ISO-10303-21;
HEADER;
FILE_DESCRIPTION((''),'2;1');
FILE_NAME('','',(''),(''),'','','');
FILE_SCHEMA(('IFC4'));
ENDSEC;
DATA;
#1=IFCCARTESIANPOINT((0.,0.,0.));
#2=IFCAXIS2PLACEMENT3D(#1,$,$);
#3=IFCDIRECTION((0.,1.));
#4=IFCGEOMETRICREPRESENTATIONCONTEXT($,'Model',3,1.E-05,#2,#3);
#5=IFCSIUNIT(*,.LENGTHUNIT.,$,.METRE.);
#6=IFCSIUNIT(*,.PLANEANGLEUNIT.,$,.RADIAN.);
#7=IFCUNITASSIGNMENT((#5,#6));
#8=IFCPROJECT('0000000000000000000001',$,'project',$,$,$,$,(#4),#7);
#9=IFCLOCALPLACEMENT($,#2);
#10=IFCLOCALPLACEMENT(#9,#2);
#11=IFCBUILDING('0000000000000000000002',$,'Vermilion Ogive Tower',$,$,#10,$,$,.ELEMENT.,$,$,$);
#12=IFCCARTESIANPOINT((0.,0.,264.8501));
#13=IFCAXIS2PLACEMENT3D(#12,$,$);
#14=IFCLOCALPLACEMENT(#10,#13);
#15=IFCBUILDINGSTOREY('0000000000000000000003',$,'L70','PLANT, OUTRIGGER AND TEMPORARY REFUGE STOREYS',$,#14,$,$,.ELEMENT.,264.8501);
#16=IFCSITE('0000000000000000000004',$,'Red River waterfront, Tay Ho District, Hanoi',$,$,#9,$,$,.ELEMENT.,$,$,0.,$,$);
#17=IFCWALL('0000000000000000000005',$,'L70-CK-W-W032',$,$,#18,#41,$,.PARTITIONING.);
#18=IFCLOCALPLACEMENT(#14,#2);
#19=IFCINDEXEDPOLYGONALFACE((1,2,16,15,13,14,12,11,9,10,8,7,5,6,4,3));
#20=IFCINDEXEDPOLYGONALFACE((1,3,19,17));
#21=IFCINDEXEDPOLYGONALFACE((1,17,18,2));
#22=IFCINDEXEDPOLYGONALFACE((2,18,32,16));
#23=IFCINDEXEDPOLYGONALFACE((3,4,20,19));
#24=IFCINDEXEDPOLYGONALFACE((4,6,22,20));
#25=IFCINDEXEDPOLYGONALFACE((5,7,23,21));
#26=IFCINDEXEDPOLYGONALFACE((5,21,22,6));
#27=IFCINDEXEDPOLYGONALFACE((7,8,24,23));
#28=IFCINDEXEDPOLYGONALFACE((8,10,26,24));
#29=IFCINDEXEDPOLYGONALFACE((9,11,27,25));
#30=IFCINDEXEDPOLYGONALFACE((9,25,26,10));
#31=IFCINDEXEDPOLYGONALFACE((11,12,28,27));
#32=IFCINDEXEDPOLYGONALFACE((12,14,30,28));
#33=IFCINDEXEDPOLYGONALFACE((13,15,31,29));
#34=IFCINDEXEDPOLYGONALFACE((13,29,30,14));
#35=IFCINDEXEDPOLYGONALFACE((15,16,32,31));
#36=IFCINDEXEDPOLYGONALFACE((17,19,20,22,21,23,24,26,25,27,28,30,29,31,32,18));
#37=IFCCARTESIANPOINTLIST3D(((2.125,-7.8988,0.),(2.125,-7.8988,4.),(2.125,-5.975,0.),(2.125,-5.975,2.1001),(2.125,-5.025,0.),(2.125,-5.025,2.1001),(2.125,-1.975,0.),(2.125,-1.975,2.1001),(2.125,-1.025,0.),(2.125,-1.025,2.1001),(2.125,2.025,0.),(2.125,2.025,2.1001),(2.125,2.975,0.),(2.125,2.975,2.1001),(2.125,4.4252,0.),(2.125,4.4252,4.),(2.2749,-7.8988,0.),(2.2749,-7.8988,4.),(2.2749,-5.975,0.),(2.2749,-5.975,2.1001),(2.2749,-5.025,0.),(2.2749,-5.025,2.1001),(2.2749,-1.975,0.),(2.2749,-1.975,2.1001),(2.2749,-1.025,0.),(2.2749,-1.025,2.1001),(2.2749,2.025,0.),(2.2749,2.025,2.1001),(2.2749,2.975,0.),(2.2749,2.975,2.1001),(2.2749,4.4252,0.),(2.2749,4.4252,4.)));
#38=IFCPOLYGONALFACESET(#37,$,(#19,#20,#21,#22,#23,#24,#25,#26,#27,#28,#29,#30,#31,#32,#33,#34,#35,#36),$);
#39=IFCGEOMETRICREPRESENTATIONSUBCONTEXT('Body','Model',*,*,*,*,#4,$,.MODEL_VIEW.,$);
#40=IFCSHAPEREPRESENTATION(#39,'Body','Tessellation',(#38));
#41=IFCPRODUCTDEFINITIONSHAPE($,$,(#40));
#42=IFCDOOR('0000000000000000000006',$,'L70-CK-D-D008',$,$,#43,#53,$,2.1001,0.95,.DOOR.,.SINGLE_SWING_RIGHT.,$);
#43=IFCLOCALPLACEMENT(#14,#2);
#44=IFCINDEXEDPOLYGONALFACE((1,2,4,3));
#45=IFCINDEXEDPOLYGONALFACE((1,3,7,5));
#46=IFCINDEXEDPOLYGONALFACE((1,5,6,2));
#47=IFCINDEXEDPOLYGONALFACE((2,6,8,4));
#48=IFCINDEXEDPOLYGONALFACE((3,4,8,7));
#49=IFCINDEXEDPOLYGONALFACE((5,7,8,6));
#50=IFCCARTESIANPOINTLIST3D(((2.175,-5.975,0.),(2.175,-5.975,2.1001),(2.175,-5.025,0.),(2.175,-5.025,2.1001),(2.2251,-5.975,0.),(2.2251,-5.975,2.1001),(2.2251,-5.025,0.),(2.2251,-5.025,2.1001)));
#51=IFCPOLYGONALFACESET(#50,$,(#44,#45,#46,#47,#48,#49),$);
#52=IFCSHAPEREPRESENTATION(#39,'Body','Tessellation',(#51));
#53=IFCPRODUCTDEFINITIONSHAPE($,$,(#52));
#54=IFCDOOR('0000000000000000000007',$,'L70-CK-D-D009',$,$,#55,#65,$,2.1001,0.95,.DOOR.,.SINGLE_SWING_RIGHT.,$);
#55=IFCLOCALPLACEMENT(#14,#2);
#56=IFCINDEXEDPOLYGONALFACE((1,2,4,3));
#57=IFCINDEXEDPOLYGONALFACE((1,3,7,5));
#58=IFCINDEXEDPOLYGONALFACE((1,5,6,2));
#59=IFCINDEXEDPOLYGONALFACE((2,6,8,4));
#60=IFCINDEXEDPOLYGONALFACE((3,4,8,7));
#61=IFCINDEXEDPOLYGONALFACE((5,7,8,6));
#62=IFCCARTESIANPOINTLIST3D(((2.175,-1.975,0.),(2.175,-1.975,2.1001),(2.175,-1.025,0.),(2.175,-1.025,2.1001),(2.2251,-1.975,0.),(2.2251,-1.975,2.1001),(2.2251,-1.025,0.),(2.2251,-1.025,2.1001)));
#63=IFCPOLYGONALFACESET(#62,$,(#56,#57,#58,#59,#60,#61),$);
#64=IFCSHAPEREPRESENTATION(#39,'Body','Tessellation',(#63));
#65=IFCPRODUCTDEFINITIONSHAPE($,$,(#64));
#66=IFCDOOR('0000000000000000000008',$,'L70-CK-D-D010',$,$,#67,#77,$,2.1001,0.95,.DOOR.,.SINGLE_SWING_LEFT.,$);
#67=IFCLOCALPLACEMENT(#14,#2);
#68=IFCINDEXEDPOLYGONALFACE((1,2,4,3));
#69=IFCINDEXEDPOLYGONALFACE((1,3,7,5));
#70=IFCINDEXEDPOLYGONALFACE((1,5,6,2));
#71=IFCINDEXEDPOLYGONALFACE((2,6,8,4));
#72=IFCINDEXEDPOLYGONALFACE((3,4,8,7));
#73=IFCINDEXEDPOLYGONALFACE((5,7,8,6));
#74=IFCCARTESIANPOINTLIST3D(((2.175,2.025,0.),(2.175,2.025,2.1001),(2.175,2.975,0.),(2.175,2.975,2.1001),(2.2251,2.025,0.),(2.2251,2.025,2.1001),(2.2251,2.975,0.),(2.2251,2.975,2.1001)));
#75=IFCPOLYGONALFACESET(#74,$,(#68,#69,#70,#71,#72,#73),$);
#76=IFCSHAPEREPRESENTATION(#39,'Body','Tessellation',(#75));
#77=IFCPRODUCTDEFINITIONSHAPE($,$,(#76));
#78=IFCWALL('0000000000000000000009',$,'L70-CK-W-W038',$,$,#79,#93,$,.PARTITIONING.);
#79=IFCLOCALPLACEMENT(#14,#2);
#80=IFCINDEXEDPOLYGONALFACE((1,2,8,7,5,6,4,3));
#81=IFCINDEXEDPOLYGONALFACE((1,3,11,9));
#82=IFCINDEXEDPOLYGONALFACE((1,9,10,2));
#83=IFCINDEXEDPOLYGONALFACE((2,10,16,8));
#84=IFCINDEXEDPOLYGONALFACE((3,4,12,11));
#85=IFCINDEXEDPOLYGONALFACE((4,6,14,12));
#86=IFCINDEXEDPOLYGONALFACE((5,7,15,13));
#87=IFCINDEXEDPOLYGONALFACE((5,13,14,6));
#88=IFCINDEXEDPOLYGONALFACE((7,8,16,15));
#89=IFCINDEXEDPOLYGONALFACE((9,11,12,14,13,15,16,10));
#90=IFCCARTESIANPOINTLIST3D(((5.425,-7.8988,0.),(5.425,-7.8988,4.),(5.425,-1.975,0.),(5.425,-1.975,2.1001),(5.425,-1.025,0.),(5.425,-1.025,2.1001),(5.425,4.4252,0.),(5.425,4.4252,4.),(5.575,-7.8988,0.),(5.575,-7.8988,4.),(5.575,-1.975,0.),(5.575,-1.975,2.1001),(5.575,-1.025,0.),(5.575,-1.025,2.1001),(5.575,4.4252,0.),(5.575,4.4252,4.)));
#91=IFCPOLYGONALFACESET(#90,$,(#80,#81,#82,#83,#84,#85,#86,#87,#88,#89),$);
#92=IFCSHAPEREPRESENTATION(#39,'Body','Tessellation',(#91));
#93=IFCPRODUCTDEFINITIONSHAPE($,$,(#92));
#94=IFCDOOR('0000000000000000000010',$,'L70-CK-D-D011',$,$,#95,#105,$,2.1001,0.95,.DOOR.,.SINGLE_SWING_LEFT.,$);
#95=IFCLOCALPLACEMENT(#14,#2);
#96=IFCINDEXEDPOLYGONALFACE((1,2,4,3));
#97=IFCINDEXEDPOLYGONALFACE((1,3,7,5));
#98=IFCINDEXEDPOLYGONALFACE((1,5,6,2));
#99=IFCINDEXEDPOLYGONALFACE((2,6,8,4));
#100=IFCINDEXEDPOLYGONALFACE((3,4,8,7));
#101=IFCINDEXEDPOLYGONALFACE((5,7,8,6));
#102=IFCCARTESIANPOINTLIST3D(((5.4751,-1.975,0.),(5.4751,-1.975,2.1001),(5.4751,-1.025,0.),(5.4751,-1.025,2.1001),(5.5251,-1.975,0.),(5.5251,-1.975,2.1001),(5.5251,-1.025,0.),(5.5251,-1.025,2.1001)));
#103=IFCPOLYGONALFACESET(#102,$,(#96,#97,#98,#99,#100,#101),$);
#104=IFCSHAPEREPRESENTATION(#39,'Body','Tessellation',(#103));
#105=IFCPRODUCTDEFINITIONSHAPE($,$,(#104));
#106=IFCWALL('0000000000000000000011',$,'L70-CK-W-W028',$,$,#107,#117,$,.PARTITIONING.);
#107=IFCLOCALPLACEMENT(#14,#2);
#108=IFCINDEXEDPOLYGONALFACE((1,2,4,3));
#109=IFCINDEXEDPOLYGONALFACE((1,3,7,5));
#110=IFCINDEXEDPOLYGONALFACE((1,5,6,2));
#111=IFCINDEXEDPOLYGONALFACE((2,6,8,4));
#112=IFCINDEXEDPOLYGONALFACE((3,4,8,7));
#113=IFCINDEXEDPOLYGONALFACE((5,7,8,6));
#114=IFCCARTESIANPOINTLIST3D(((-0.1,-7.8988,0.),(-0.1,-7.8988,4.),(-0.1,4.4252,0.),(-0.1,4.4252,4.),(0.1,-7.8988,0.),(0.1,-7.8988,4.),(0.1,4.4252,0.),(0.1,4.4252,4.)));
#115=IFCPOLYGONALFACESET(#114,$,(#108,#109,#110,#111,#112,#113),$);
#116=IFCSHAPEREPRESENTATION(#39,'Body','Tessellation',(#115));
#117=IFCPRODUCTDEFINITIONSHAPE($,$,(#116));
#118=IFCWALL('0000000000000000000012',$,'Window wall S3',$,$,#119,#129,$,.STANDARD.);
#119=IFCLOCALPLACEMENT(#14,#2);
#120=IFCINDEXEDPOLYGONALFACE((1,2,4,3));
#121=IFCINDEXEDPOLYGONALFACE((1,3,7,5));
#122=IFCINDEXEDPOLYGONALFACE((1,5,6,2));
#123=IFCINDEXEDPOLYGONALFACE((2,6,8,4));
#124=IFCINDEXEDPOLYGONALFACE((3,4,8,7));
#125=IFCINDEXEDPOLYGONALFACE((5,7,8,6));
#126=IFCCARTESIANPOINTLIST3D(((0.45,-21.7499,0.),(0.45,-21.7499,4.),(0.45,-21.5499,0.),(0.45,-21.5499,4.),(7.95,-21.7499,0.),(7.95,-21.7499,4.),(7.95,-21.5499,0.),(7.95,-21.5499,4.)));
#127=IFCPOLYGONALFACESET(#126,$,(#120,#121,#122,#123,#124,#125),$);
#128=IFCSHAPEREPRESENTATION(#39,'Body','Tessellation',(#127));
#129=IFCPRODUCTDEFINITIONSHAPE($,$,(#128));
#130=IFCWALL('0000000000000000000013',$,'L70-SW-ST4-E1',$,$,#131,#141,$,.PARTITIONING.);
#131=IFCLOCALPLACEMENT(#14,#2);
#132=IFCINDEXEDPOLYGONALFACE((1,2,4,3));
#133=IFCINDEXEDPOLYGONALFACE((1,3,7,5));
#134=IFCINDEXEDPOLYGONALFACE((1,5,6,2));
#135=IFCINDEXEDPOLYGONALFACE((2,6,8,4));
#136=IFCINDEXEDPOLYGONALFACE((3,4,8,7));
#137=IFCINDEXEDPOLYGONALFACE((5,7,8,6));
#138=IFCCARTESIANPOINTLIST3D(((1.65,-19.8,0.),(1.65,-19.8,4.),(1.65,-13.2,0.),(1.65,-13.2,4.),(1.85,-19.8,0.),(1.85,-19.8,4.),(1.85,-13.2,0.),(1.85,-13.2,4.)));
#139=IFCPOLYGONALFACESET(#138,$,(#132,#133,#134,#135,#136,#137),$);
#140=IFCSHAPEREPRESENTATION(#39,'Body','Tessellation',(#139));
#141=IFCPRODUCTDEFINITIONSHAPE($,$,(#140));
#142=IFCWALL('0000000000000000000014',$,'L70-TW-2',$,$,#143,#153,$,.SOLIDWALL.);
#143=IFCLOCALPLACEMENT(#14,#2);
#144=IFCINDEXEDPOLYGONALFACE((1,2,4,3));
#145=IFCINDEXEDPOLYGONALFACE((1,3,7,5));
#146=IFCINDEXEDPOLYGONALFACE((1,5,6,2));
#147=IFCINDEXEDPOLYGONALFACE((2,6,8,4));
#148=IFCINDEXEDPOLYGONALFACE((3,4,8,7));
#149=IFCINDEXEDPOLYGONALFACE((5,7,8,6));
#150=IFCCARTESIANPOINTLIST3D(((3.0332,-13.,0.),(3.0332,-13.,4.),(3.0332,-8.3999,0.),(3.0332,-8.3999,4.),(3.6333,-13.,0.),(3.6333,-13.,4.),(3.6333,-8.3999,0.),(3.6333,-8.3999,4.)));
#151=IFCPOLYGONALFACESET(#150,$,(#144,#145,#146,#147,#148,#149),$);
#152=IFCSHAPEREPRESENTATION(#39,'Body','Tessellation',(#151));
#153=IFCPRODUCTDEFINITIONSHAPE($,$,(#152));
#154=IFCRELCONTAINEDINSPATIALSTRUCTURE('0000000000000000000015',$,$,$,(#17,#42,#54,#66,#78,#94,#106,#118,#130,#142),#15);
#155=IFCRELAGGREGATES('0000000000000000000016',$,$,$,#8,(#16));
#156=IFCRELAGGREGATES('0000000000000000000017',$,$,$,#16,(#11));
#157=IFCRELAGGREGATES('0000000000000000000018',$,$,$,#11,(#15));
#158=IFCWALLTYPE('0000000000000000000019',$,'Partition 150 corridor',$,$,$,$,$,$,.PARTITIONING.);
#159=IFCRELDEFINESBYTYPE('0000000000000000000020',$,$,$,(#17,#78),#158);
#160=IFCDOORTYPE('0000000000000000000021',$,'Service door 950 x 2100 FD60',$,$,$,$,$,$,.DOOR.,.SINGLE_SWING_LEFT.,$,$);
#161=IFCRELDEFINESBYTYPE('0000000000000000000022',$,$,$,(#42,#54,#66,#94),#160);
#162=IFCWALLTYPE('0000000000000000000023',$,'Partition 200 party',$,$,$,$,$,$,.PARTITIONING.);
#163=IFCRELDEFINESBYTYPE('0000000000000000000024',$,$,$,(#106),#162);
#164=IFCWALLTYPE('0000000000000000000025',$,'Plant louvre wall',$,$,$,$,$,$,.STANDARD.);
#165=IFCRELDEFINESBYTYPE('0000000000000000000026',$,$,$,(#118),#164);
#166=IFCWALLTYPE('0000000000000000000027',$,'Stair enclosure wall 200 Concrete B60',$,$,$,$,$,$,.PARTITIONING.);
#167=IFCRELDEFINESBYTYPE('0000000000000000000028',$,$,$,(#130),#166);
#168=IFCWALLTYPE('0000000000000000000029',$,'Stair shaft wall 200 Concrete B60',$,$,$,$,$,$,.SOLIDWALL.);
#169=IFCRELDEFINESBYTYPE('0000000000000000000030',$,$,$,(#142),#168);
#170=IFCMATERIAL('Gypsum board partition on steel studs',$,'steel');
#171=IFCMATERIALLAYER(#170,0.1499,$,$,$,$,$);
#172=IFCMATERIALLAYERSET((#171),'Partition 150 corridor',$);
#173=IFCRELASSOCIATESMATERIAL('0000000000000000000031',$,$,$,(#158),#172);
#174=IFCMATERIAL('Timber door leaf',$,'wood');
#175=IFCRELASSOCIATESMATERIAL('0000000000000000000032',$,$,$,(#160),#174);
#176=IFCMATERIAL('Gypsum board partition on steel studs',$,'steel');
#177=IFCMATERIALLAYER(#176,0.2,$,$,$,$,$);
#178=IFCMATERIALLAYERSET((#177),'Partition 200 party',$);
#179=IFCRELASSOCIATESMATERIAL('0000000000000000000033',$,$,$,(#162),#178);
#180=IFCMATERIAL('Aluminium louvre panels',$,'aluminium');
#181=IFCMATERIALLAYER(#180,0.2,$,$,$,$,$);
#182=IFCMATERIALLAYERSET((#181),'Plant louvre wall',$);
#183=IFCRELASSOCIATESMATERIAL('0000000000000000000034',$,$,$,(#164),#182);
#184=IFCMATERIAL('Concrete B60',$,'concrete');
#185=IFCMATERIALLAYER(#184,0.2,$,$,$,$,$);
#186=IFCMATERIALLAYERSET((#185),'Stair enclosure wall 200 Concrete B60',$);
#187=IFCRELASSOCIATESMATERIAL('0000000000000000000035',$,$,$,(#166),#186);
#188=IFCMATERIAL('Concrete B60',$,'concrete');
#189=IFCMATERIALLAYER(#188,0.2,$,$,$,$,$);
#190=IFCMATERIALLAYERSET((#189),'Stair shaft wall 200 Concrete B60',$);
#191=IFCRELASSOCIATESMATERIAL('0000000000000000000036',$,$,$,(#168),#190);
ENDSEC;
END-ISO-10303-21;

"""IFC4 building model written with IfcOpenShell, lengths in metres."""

from ifc_helpers import new_model, si_unit, direction, frame, frame_2d, origin, place, context, subcontext, project, spatial, rectangle, extrude, material, layer, layer_set, type_object, element, fill, save


model = new_model("IFC4")

# Units and contexts
model_context = context("Model", 3, precision=1e-05, world=origin(), true_north=direction((0.0, 1.0)))
body_context = subcontext(model_context, "Body", "Model", "MODEL_VIEW")
ifc_project = project(units=[si_unit("LENGTHUNIT", "METRE"), si_unit("PLANEANGLEUNIT", "RADIAN")], contexts=[model_context])

# Site, building, storey
site_placement = place(None, origin())
site = spatial("IfcSite", under=ifc_project, at=site_placement, Name="Red River waterfront, Tay Ho District, Hanoi", CompositionType="ELEMENT", RefElevation=0.0)
building_placement = place(site_placement, origin())
building = spatial("IfcBuilding", under=site, at=building_placement, Name="Vermilion Ogive Tower", CompositionType="ELEMENT")
storey_placement = place(building_placement, frame((0.0, 0.0, 264.8501)))
storey = spatial("IfcBuildingStorey", under=building, at=storey_placement, Name="L70", Description="PLANT, OUTRIGGER AND TEMPORARY REFUGE STOREYS", CompositionType="ELEMENT", Elevation=264.8501)

# Shared definitions
ifc_material_1 = material(Name="Gypsum board partition on steel studs", Category="steel")
ifc_layer_1 = layer(ifc_material_1, 0.1499)
ifc_layer_set_1 = layer_set([ifc_layer_1], Name="Partition 150 corridor")
wall_type_1 = type_object("IfcWallType", Name="Partition 150 corridor", PredefinedType="PARTITIONING", material=ifc_layer_set_1)

# Wall, openings, doors
wall_1_placement = place(storey_placement, frame((2.2, -7.8989, 0.0), z_axis=(0.0, 0.0, 1.0), x_axis=(0.0, 1.0, 0.0)))
wall_1 = element("IfcWall", 1, at=wall_1_placement, inside=storey, type_object=wall_type_1, Name="L70-CK-W-W032", PredefinedType="PARTITIONING", context=body_context, shape_type="SweptSolid", body=[
    extrude(rectangle(XDim=12.324, YDim=0.1499, at=frame_2d((6.1621, 0.0))), origin(), (0.0, 0.0, 1.0), 4.0),
])
opening_1_placement = place(wall_1_placement, frame((1.9238, 0.0, 0.0)))
opening_1 = element("IfcOpeningElement", 2, at=opening_1_placement, cuts=wall_1, PredefinedType="OPENING", context=body_context, shape_type="SweptSolid", body=[
    extrude(rectangle(XDim=0.95, YDim=2.1001, at=frame_2d((0.4751, 1.05))), frame((0.0, 0.085, 0.0), z_axis=(0.0, -1.0, 0.0), x_axis=(1.0, 0.0, 0.0)), (0.0, 0.0, 1.0), 0.1699),
])
opening_2_placement = place(wall_1_placement, frame((5.9238, 0.0, 0.0)))
opening_2 = element("IfcOpeningElement", 3, at=opening_2_placement, cuts=wall_1, PredefinedType="OPENING", context=body_context, shape_type="SweptSolid", body=[
    extrude(rectangle(XDim=0.95, YDim=2.1001, at=frame_2d((0.4751, 1.05))), frame((0.0, 0.085, 0.0), z_axis=(0.0, -1.0, 0.0), x_axis=(1.0, 0.0, 0.0)), (0.0, 0.0, 1.0), 0.1699),
])
opening_3_placement = place(wall_1_placement, frame((9.9238, 0.0, 0.0)))
opening_3 = element("IfcOpeningElement", 4, at=opening_3_placement, cuts=wall_1, PredefinedType="OPENING", context=body_context, shape_type="SweptSolid", body=[
    extrude(rectangle(XDim=0.95, YDim=2.1001, at=frame_2d((0.4751, 1.05))), frame((0.0, 0.085, 0.0), z_axis=(0.0, -1.0, 0.0), x_axis=(1.0, 0.0, 0.0)), (0.0, 0.0, 1.0), 0.1699),
])
ifc_material_2 = material(Name="Timber door leaf", Category="wood")
door_type_1 = type_object("IfcDoorType", Name="Service door 950 x 2100 FD60", OperationType="SINGLE_SWING_LEFT", PredefinedType="DOOR", material=ifc_material_2)
door_1_placement = place(opening_1_placement, origin())
door_1 = element("IfcDoor", 5, at=door_1_placement, inside=storey, type_object=door_type_1, Name="L70-CK-D-D008", OperationType="SINGLE_SWING_RIGHT", OverallHeight=2.1001, OverallWidth=0.95, PredefinedType="DOOR", context=body_context, shape_type="SweptSolid", body=[
    extrude(rectangle(XDim=0.95, YDim=2.1001, at=frame_2d((0.4751, 1.05))), frame((0.0, 0.0249, 0.0), z_axis=(0.0, -1.0, 0.0), x_axis=(1.0, 0.0, 0.0)), (0.0, 0.0, 1.0), 0.05),
])
fill(opening_1, door_1)
door_2_placement = place(opening_2_placement, origin())
door_2 = element("IfcDoor", 6, at=door_2_placement, inside=storey, type_object=door_type_1, Name="L70-CK-D-D009", OperationType="SINGLE_SWING_RIGHT", OverallHeight=2.1001, OverallWidth=0.95, PredefinedType="DOOR", context=body_context, shape_type="SweptSolid", body=[
    extrude(rectangle(XDim=0.95, YDim=2.1001, at=frame_2d((0.4751, 1.05))), frame((0.0, 0.0249, 0.0), z_axis=(0.0, -1.0, 0.0), x_axis=(1.0, 0.0, 0.0)), (0.0, 0.0, 1.0), 0.05),
])
fill(opening_2, door_2)
door_3_placement = place(opening_3_placement, origin())
door_3 = element("IfcDoor", 7, at=door_3_placement, inside=storey, type_object=door_type_1, Name="L70-CK-D-D010", OperationType="SINGLE_SWING_LEFT", OverallHeight=2.1001, OverallWidth=0.95, PredefinedType="DOOR", context=body_context, shape_type="SweptSolid", body=[
    extrude(rectangle(XDim=0.95, YDim=2.1001, at=frame_2d((0.4751, 1.05))), frame((0.0, 0.0249, 0.0), z_axis=(0.0, -1.0, 0.0), x_axis=(1.0, 0.0, 0.0)), (0.0, 0.0, 1.0), 0.05),
])
fill(opening_3, door_3)

# Wall, opening, door
wall_2_placement = place(storey_placement, frame((5.5, -7.8989, 0.0), z_axis=(0.0, 0.0, 1.0), x_axis=(0.0, 1.0, 0.0)))
wall_2 = element("IfcWall", 8, at=wall_2_placement, inside=storey, type_object=wall_type_1, Name="L70-CK-W-W038", PredefinedType="PARTITIONING", context=body_context, shape_type="SweptSolid", body=[
    extrude(rectangle(XDim=12.324, YDim=0.1499, at=frame_2d((6.1621, 0.0))), origin(), (0.0, 0.0, 1.0), 4.0),
])
opening_4_placement = place(wall_2_placement, frame((5.9238, 0.0, 0.0)))
opening_4 = element("IfcOpeningElement", 9, at=opening_4_placement, cuts=wall_2, PredefinedType="OPENING", context=body_context, shape_type="SweptSolid", body=[
    extrude(rectangle(XDim=0.95, YDim=2.1001, at=frame_2d((0.4751, 1.05))), frame((0.0, 0.085, 0.0), z_axis=(0.0, -1.0, 0.0), x_axis=(1.0, 0.0, 0.0)), (0.0, 0.0, 1.0), 0.1699),
])
door_4_placement = place(opening_4_placement, origin())
door_4 = element("IfcDoor", 10, at=door_4_placement, inside=storey, type_object=door_type_1, Name="L70-CK-D-D011", OperationType="SINGLE_SWING_LEFT", OverallHeight=2.1001, OverallWidth=0.95, PredefinedType="DOOR", context=body_context, shape_type="SweptSolid", body=[
    extrude(rectangle(XDim=0.95, YDim=2.1001, at=frame_2d((0.4751, 1.05))), frame((0.0, 0.0249, 0.0), z_axis=(0.0, -1.0, 0.0), x_axis=(1.0, 0.0, 0.0)), (0.0, 0.0, 1.0), 0.05),
])
fill(opening_4, door_4)

# Walls
ifc_material_3 = material(Name="Gypsum board partition on steel studs", Category="steel")
ifc_layer_2 = layer(ifc_material_3, 0.2)
ifc_layer_set_2 = layer_set([ifc_layer_2], Name="Partition 200 party")
wall_type_2 = type_object("IfcWallType", Name="Partition 200 party", PredefinedType="PARTITIONING", material=ifc_layer_set_2)
wall_3_placement = place(storey_placement, frame((0.0, -7.8989, 0.0), z_axis=(0.0, 0.0, 1.0), x_axis=(0.0, 1.0, 0.0)))
element("IfcWall", 11, at=wall_3_placement, inside=storey, type_object=wall_type_2, Name="L70-CK-W-W028", PredefinedType="PARTITIONING", context=body_context, shape_type="SweptSolid", body=[
    extrude(rectangle(XDim=12.324, YDim=0.2, at=frame_2d((6.1621, 0.0))), origin(), (0.0, 0.0, 1.0), 4.0),
])
ifc_material_4 = material(Name="Aluminium louvre panels", Category="aluminium")
ifc_layer_3 = layer(ifc_material_4, 0.2)
ifc_layer_set_3 = layer_set([ifc_layer_3], Name="Plant louvre wall")
wall_type_3 = type_object("IfcWallType", Name="Plant louvre wall", PredefinedType="STANDARD", material=ifc_layer_set_3)
wall_4_placement = place(storey_placement, frame((0.45, -21.6499, 0.0), z_axis=(0.0, 0.0, 1.0), x_axis=(1.0, 0.0, 0.0)))
element("IfcWall", 12, at=wall_4_placement, inside=storey, type_object=wall_type_3, Name="Window wall S3", PredefinedType="STANDARD", context=body_context, shape_type="SweptSolid", body=[
    extrude(rectangle(XDim=7.5, YDim=0.2, at=frame_2d((3.75, 0.0))), origin(), (0.0, 0.0, 1.0), 4.0),
])
ifc_material_5 = material(Name="Concrete B60", Category="concrete")
ifc_layer_4 = layer(ifc_material_5, 0.2)
ifc_layer_set_4 = layer_set([ifc_layer_4], Name="Stair enclosure wall 200 Concrete B60")
wall_type_4 = type_object("IfcWallType", Name="Stair enclosure wall 200 Concrete B60", PredefinedType="PARTITIONING", material=ifc_layer_set_4)
wall_5_placement = place(storey_placement, frame((1.75, -19.8, 0.0), z_axis=(0.0, 0.0, 1.0), x_axis=(0.0, 1.0, 0.0)))
element("IfcWall", 13, at=wall_5_placement, inside=storey, type_object=wall_type_4, Name="L70-SW-ST4-E1", PredefinedType="PARTITIONING", context=body_context, shape_type="SweptSolid", body=[
    extrude(rectangle(XDim=6.6001, YDim=0.2, at=frame_2d((3.3, 0.0))), origin(), (0.0, 0.0, 1.0), 4.0),
])
ifc_material_6 = material(Name="Concrete B60", Category="concrete")
ifc_layer_5 = layer(ifc_material_6, 0.2)
ifc_layer_set_5 = layer_set([ifc_layer_5], Name="Stair shaft wall 200 Concrete B60")
wall_type_5 = type_object("IfcWallType", Name="Stair shaft wall 200 Concrete B60", PredefinedType="SOLIDWALL", material=ifc_layer_set_5)
wall_6_placement = place(storey_placement, frame((3.3333, -13.0, 0.0), z_axis=(0.0, 0.0, 1.0), x_axis=(0.0, 1.0, 0.0)))
element("IfcWall", 14, at=wall_6_placement, inside=storey, type_object=wall_type_5, Name="L70-TW-2", PredefinedType="SOLIDWALL", context=body_context, shape_type="SweptSolid", body=[
    extrude(rectangle(XDim=4.6001, YDim=0.6001, at=frame_2d((2.3, 0.0))), origin(), (0.0, 0.0, 1.0), 4.0),
])

save(model, "model.ifc")
